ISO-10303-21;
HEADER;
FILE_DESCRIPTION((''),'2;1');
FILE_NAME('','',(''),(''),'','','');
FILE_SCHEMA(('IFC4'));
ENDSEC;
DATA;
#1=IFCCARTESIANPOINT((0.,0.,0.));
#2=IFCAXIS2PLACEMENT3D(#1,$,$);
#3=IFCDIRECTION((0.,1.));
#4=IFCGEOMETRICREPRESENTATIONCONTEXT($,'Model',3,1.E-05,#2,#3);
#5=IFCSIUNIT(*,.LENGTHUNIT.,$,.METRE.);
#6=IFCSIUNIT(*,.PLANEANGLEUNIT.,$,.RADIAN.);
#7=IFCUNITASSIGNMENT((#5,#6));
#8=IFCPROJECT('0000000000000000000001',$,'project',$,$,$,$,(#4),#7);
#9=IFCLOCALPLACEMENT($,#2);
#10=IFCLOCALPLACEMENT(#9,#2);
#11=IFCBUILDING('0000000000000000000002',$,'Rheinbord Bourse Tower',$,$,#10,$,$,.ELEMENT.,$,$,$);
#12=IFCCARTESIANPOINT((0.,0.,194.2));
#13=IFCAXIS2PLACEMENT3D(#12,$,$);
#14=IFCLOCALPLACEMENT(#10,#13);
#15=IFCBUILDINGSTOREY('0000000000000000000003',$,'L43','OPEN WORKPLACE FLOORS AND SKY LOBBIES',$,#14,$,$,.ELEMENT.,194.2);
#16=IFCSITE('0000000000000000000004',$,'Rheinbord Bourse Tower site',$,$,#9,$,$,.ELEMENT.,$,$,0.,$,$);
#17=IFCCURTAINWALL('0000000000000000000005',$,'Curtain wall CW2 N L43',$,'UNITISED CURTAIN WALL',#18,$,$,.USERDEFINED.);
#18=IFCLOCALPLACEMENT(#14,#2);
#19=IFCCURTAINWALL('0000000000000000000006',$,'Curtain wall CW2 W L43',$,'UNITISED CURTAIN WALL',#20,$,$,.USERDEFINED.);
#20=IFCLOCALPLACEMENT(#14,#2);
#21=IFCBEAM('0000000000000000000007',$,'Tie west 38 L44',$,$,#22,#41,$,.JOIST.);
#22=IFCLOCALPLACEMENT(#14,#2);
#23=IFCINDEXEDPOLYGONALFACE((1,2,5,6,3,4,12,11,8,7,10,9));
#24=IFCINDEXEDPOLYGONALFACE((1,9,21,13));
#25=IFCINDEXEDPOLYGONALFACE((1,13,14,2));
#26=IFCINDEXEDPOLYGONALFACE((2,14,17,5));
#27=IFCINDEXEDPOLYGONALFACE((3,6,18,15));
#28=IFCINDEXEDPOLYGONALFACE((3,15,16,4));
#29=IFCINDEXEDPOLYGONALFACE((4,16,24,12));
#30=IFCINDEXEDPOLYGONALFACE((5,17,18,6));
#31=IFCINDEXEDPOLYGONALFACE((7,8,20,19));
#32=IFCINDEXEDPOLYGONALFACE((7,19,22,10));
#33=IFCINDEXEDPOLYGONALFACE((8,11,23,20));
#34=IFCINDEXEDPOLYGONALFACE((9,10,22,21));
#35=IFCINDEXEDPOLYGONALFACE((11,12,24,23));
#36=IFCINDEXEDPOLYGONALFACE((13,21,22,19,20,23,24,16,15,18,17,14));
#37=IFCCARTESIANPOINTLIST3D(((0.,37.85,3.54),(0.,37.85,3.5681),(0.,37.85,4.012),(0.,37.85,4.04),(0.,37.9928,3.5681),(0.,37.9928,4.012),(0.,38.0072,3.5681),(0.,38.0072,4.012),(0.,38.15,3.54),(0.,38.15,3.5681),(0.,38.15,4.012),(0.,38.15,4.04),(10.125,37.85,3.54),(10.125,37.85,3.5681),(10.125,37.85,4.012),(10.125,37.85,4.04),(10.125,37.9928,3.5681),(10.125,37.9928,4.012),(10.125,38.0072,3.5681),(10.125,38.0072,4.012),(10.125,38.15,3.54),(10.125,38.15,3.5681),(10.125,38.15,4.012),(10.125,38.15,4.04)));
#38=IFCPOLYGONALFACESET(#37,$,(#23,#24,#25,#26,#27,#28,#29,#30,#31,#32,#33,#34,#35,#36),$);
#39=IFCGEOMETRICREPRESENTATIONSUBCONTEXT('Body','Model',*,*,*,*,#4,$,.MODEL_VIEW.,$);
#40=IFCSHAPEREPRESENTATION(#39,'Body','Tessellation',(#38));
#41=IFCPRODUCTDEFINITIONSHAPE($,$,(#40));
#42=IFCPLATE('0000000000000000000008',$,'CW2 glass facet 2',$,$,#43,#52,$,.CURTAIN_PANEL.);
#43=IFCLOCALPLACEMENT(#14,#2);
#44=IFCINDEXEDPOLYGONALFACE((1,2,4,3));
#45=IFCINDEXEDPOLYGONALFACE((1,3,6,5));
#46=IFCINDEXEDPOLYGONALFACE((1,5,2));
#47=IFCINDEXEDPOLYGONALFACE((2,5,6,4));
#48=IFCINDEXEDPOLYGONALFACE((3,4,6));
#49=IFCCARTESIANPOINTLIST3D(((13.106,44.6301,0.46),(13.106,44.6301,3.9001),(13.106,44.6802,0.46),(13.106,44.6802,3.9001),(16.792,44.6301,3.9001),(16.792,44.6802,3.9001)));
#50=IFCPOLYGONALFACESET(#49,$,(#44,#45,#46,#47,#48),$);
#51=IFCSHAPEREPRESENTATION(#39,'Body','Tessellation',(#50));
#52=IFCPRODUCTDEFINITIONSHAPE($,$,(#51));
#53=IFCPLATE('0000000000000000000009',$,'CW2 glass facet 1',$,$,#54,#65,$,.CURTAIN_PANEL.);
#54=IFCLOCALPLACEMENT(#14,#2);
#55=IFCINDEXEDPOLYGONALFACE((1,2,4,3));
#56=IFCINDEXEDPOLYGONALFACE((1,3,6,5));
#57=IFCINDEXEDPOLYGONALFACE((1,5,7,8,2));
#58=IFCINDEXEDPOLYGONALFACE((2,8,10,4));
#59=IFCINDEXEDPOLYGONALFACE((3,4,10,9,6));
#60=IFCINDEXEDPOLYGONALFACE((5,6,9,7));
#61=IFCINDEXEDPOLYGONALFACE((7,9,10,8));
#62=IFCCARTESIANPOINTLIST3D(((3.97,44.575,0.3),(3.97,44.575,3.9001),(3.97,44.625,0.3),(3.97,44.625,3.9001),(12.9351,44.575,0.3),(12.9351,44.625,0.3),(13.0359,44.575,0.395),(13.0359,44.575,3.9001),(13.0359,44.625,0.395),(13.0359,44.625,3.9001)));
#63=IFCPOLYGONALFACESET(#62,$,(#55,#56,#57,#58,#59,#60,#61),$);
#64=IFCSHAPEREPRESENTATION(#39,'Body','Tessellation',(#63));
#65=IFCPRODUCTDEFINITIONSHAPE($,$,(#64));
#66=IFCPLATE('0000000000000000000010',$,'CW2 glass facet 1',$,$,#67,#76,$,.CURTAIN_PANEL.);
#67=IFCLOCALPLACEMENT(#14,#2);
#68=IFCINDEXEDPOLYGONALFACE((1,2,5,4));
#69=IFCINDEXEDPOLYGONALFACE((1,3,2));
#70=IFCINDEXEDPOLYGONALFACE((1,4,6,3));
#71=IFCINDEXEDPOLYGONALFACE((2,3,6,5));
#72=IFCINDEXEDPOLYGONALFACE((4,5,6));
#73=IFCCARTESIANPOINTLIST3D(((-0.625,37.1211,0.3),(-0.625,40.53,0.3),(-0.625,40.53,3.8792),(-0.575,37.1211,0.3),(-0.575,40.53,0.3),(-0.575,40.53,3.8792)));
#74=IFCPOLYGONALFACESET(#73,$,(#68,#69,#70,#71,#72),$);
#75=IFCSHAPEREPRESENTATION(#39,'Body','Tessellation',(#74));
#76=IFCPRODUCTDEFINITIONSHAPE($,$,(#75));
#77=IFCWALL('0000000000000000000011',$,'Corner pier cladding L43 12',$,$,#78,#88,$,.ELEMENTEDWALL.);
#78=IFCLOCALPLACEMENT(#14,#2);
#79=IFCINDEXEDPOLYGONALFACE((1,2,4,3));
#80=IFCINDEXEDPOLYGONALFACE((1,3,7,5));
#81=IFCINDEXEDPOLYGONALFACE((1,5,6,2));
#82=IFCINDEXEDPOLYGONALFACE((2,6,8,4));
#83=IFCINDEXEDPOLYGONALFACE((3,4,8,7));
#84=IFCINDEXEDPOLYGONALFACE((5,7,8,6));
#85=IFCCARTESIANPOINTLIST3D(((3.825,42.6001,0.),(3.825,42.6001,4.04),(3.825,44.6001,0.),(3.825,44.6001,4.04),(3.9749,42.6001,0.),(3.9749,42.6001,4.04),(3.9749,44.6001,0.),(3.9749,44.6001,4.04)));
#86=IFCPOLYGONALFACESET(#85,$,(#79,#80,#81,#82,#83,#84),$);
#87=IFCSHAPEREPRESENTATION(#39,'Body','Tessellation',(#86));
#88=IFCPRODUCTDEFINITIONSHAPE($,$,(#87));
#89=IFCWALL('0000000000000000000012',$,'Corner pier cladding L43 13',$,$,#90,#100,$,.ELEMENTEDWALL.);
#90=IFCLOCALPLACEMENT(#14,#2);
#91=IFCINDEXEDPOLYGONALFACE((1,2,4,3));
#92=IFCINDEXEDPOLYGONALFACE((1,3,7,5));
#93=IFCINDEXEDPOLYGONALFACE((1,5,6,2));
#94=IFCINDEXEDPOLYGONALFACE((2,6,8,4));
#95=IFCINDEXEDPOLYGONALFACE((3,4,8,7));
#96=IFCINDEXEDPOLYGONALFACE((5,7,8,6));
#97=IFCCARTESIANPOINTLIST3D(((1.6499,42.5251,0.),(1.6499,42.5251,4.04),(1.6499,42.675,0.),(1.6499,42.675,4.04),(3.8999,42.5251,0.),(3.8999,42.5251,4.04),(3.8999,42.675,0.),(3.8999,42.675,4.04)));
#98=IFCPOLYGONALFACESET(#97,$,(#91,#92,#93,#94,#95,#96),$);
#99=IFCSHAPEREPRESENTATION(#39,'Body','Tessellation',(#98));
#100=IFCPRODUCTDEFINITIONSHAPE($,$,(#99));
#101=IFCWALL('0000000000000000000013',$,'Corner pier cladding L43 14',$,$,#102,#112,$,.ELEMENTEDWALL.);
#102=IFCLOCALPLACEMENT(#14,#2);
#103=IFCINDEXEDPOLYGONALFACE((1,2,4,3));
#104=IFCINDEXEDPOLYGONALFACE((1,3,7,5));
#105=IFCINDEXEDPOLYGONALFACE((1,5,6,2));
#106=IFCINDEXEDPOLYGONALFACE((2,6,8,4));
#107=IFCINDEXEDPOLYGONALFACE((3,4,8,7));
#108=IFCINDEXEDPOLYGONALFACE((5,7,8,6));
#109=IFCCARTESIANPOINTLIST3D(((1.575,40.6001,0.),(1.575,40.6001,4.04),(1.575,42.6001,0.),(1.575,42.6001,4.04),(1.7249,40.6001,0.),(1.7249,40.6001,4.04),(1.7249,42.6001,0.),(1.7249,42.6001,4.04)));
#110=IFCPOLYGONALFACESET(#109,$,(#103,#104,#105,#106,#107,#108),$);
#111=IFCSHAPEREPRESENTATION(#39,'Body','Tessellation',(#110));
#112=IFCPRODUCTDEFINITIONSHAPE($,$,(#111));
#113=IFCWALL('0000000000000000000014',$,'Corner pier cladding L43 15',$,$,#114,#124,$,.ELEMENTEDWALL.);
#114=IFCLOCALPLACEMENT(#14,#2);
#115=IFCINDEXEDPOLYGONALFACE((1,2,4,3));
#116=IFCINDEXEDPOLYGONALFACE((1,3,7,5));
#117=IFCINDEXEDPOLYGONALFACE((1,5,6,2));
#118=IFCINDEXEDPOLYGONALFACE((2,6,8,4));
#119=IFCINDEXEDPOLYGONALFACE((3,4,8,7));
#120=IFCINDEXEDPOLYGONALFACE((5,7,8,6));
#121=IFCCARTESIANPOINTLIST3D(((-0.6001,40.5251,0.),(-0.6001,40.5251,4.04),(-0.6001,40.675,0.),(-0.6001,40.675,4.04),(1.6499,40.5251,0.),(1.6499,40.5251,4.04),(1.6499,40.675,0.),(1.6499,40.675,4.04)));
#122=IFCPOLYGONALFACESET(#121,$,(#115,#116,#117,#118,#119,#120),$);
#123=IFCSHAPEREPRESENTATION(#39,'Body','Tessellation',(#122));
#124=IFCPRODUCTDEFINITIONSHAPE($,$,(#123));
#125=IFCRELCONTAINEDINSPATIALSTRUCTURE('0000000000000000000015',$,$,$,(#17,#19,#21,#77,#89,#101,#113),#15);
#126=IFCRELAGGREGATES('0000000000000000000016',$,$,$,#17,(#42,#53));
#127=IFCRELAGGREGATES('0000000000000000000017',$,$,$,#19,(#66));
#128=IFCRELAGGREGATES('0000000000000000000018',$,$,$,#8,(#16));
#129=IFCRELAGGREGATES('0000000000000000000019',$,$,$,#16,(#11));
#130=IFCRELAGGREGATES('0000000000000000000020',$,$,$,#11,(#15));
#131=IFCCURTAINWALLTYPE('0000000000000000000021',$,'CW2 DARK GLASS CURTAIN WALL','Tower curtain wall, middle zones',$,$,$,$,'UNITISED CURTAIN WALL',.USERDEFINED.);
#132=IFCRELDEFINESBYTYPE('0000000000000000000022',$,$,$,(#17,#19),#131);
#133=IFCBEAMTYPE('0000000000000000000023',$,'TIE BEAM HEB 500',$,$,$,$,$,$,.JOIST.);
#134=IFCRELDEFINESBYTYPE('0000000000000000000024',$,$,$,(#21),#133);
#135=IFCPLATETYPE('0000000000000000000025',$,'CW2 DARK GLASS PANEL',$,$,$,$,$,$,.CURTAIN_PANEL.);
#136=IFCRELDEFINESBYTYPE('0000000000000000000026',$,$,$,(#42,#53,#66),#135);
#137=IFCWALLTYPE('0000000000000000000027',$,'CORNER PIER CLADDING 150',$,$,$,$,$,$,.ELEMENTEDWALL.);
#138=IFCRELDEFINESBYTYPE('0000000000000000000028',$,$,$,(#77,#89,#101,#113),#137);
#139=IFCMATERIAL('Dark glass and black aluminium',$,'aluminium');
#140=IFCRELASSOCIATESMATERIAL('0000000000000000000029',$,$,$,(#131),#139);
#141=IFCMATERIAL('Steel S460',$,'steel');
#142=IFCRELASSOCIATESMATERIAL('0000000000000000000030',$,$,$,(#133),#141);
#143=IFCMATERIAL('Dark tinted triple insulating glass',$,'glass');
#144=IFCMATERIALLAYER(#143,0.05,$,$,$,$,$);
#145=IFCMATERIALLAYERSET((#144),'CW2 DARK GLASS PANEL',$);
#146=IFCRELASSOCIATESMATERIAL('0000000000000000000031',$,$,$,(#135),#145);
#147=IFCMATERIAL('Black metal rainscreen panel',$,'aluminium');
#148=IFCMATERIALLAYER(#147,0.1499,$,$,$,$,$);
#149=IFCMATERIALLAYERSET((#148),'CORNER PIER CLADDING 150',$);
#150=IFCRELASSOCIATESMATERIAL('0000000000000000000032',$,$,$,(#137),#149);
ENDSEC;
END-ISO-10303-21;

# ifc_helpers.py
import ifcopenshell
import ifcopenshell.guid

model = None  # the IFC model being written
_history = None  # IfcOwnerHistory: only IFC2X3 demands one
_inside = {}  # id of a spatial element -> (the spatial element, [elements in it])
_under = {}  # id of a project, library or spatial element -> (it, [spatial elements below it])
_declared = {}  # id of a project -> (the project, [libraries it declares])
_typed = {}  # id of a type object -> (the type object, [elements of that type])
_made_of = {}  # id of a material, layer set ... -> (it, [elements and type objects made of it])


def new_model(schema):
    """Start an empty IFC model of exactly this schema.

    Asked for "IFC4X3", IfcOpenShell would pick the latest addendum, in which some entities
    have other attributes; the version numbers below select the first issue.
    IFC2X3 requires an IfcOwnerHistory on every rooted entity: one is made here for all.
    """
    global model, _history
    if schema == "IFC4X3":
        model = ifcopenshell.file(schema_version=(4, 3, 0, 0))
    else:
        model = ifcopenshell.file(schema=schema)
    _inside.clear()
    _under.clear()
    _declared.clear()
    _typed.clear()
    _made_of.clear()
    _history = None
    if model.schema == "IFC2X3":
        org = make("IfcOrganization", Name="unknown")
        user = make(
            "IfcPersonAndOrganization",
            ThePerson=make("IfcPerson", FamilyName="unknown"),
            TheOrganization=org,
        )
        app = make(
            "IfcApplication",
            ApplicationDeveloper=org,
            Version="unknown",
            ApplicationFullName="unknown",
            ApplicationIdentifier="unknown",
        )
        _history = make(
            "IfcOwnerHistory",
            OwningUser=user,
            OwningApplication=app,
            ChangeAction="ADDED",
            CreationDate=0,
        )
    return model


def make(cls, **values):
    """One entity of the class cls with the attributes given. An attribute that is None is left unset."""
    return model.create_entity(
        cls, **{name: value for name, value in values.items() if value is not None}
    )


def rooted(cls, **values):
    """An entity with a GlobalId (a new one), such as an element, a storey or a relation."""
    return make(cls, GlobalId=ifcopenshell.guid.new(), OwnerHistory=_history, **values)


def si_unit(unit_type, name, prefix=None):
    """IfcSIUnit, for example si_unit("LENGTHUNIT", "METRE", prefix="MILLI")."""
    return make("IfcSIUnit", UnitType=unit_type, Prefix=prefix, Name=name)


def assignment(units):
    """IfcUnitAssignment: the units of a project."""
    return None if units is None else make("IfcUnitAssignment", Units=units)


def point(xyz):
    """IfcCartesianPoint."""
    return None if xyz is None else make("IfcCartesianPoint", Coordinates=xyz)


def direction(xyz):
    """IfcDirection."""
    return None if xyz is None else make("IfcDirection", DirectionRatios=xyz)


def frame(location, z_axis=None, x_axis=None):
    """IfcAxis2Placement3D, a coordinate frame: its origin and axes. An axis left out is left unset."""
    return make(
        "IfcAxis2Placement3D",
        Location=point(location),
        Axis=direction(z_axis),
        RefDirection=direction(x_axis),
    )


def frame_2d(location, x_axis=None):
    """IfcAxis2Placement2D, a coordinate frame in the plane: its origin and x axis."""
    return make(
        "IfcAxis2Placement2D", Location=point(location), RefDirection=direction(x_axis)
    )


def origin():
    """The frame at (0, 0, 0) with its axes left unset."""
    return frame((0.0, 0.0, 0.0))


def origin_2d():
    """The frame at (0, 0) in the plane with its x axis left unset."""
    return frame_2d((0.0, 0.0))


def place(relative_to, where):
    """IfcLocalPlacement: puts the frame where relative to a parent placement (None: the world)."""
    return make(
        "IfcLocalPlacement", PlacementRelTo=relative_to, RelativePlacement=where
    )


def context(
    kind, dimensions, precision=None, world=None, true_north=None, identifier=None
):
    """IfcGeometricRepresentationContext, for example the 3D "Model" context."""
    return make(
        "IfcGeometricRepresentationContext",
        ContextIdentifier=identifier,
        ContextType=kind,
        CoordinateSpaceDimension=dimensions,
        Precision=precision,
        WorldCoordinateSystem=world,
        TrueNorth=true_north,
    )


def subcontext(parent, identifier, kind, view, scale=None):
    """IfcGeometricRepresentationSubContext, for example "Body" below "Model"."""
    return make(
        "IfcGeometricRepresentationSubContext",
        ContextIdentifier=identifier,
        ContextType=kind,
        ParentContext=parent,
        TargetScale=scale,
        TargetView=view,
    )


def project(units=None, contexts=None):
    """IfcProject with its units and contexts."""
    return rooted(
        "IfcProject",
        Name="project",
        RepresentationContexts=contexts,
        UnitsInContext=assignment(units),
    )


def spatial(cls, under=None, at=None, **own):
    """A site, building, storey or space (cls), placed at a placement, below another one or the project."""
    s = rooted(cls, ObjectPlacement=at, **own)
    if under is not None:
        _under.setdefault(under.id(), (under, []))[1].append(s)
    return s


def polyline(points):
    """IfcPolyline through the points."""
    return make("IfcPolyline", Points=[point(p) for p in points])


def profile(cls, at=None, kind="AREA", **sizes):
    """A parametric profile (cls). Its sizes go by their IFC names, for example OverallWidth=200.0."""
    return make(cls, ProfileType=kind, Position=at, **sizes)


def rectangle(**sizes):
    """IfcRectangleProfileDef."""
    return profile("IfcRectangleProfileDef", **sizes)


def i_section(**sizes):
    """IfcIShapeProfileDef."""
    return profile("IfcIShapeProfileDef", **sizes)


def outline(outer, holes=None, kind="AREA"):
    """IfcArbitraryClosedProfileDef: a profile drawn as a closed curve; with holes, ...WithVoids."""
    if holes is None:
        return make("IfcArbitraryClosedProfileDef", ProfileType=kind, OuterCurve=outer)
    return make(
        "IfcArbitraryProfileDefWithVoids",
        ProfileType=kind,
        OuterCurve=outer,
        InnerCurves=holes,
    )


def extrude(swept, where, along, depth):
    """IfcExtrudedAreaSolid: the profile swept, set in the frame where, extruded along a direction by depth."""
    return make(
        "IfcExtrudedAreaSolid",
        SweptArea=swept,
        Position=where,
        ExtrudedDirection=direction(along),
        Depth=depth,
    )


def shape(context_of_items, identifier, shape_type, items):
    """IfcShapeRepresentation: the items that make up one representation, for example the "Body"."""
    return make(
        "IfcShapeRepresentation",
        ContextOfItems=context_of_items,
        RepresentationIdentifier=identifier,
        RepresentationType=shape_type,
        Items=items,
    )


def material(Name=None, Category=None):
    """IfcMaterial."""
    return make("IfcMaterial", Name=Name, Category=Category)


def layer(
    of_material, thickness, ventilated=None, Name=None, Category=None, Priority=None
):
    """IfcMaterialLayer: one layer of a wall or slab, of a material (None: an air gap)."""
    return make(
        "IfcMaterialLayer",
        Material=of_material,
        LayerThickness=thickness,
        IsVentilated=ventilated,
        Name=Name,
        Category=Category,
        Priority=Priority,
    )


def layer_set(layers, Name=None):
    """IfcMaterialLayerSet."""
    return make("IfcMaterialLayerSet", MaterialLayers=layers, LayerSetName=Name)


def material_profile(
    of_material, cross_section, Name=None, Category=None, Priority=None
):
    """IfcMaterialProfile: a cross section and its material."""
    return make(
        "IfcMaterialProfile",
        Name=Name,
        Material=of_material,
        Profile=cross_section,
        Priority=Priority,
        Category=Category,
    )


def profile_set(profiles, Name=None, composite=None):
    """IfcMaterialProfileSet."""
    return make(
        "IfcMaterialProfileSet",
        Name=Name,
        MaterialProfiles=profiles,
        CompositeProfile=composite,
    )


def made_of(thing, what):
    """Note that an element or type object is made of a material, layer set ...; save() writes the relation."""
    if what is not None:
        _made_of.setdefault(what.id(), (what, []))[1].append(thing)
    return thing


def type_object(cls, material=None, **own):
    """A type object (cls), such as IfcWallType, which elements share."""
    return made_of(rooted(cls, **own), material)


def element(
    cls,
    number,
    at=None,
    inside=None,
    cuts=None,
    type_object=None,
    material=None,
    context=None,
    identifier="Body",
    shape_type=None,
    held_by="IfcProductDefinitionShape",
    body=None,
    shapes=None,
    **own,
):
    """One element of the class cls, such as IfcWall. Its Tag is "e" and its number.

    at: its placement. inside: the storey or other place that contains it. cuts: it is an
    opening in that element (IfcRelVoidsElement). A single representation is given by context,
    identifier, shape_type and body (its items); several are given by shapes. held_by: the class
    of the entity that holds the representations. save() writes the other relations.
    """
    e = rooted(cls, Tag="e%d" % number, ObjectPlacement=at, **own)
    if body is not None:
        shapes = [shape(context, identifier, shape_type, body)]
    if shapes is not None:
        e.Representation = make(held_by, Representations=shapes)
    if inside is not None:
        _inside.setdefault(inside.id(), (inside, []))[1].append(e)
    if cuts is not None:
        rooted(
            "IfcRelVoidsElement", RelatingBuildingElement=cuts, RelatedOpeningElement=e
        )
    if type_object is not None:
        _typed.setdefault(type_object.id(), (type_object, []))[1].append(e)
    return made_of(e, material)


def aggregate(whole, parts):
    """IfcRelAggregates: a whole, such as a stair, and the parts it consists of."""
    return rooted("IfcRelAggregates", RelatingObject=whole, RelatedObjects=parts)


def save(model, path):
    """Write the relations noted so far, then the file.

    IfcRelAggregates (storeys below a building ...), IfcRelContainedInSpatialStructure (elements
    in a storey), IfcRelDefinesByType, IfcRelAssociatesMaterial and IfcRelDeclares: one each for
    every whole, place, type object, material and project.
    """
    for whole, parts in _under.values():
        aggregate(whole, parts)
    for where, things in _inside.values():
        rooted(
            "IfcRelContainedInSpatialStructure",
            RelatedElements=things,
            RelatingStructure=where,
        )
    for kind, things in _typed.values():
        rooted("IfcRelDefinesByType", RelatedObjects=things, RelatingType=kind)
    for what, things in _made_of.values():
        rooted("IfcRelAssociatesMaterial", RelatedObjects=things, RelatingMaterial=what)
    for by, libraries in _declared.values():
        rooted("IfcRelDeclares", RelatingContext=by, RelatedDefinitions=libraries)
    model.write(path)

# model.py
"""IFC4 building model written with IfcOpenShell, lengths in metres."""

from ifc_helpers import new_model, si_unit, direction, frame, frame_2d, origin, origin_2d, place, context, subcontext, project, spatial, polyline, rectangle, i_section, outline, extrude, material, layer, layer_set, material_profile, profile_set, type_object, element, aggregate, save


model = new_model("IFC4")

# Units and contexts
model_context = context("Model", 3, precision=1e-05, world=origin(), true_north=direction((0.0, 1.0)))
body_context = subcontext(model_context, "Body", "Model", "MODEL_VIEW")
ifc_project = project(units=[si_unit("LENGTHUNIT", "METRE"), si_unit("PLANEANGLEUNIT", "RADIAN")], contexts=[model_context])

# Site, building, storey
site_placement = place(None, origin())
site = spatial("IfcSite", under=ifc_project, at=site_placement, Name="Rheinbord Bourse Tower site", CompositionType="ELEMENT", RefElevation=0.0)
building_placement = place(site_placement, origin())
building = spatial("IfcBuilding", under=site, at=building_placement, Name="Rheinbord Bourse Tower", CompositionType="ELEMENT")
storey_placement = place(building_placement, frame((0.0, 0.0, 194.2)))
storey = spatial("IfcBuildingStorey", under=building, at=storey_placement, Name="L43", Description="OPEN WORKPLACE FLOORS AND SKY LOBBIES", CompositionType="ELEMENT", Elevation=194.2)

# Curtain wall
ifc_material_1 = material(Name="Dark glass and black aluminium", Category="aluminium")
curtain_wall_type = type_object("IfcCurtainWallType", Name="CW2 DARK GLASS CURTAIN WALL", Description="Tower curtain wall, middle zones", ElementType="UNITISED CURTAIN WALL", PredefinedType="USERDEFINED", material=ifc_material_1)
curtain_wall_1_placement = place(storey_placement, origin())
curtain_wall_1 = element("IfcCurtainWall", 1, at=curtain_wall_1_placement, inside=storey, type_object=curtain_wall_type, Name="Curtain wall CW2 N L43", ObjectType="UNITISED CURTAIN WALL", PredefinedType="USERDEFINED")

# Curtain wall
curtain_wall_2_placement = place(storey_placement, origin())
curtain_wall_2 = element("IfcCurtainWall", 2, at=curtain_wall_2_placement, inside=storey, type_object=curtain_wall_type, Name="Curtain wall CW2 W L43", ObjectType="UNITISED CURTAIN WALL", PredefinedType="USERDEFINED")

# Beam
ifc_material_2 = material(Name="Steel S460", Category="steel")
ifc_material_profile_1 = material_profile(ifc_material_2, i_section(OverallWidth=0.3, OverallDepth=0.5, WebThickness=0.0144, FlangeThickness=0.0281, at=origin_2d()), Name="HEB 500")
ifc_profile_set_1 = profile_set([ifc_material_profile_1], Name="Steel S460")
beam_type_1 = type_object("IfcBeamType", Name="TIE BEAM HEB 500", PredefinedType="JOIST", material=ifc_profile_set_1)
beam_1_placement = place(storey_placement, frame((0.0, 38.0, 3.79), z_axis=(1.0, 0.0, 0.0), x_axis=(0.0, 1.0, 0.0)))
element("IfcBeam", 3, at=beam_1_placement, inside=storey, type_object=beam_type_1, Name="Tie west 38 L44", PredefinedType="JOIST", context=body_context, shape_type="SweptSolid", body=[
    extrude(i_section(OverallWidth=0.3, OverallDepth=0.5, WebThickness=0.0144, FlangeThickness=0.0281, at=origin_2d()), origin(), (0.0, 0.0, 1.0), 10.125),
])

# Plates
ifc_material_3 = material(Name="Dark tinted triple insulating glass", Category="glass")
ifc_layer_1 = layer(ifc_material_3, 0.05)
ifc_layer_set_1 = layer_set([ifc_layer_1], Name="CW2 DARK GLASS PANEL")
plate_type = type_object("IfcPlateType", Name="CW2 DARK GLASS PANEL", PredefinedType="CURTAIN_PANEL", material=ifc_layer_set_1)
plate_1_placement = place(storey_placement, frame((13.106, 44.6802, 3.9001), z_axis=(0.0, -1.0, 0.0), x_axis=(0.0, 0.0, -1.0)))
plate_1 = element("IfcPlate", 4, at=plate_1_placement, type_object=plate_type, Name="CW2 glass facet 2", PredefinedType="CURTAIN_PANEL", context=body_context, shape_type="SweptSolid", body=[
    extrude(outline(polyline([(0.0, 0.0), (3.4402, 0.0), (0.0, 3.686), (0.0, 0.0)])), origin(), (0.0, 0.0, 1.0), 0.05),
])
plate_2_placement = place(storey_placement, frame((13.0359, 44.625, 3.9001), z_axis=(0.0, -1.0, 0.0), x_axis=(-1.0, 0.0, 0.0)))
plate_2 = element("IfcPlate", 5, at=plate_2_placement, type_object=plate_type, Name="CW2 glass facet 1", PredefinedType="CURTAIN_PANEL", context=body_context, shape_type="SweptSolid", body=[
    extrude(outline(polyline([(0.0, 0.0), (9.0659, 0.0), (9.0659, 3.6001), (0.1008, 3.6001), (0.0, 3.5051), (0.0, 0.0)])), origin(), (0.0, 0.0, 1.0), 0.05),
])
aggregate(curtain_wall_1, [plate_1, plate_2])
plate_3_placement = place(storey_placement, frame((-0.625, 40.53, 0.3), z_axis=(1.0, 0.0, 0.0), x_axis=(0.0, 0.0, 1.0)))
plate_3 = element("IfcPlate", 6, at=plate_3_placement, type_object=plate_type, Name="CW2 glass facet 1", PredefinedType="CURTAIN_PANEL", context=body_context, shape_type="SweptSolid", body=[
    extrude(outline(polyline([(0.0, 0.0), (3.5791, 0.0), (0.0, 3.4089), (0.0, 0.0)])), origin(), (0.0, 0.0, 1.0), 0.05),
])
aggregate(curtain_wall_2, [plate_3])

# Walls
ifc_material_4 = material(Name="Black metal rainscreen panel", Category="aluminium")
ifc_layer_2 = layer(ifc_material_4, 0.1499)
ifc_layer_set_2 = layer_set([ifc_layer_2], Name="CORNER PIER CLADDING 150")
wall_type = type_object("IfcWallType", Name="CORNER PIER CLADDING 150", PredefinedType="ELEMENTEDWALL", material=ifc_layer_set_2)
wall_1_placement = place(storey_placement, frame((3.8999, 44.6001, 0.0), z_axis=(0.0, 0.0, 1.0), x_axis=(0.0, -1.0, 0.0)))
element("IfcWall", 7, at=wall_1_placement, inside=storey, type_object=wall_type, Name="Corner pier cladding L43 12", PredefinedType="ELEMENTEDWALL", context=body_context, shape_type="SweptSolid", body=[
    extrude(rectangle(XDim=2.0, YDim=0.1499, at=frame_2d((1.0, 0.0))), origin(), (0.0, 0.0, 1.0), 4.04),
])
wall_2_placement = place(storey_placement, frame((3.8999, 42.6001, 0.0), z_axis=(0.0, 0.0, 1.0), x_axis=(-1.0, 0.0, 0.0)))
element("IfcWall", 8, at=wall_2_placement, inside=storey, type_object=wall_type, Name="Corner pier cladding L43 13", PredefinedType="ELEMENTEDWALL", context=body_context, shape_type="SweptSolid", body=[
    extrude(rectangle(XDim=2.25, YDim=0.1499, at=frame_2d((1.125, 0.0))), origin(), (0.0, 0.0, 1.0), 4.04),
])
wall_3_placement = place(storey_placement, frame((1.6499, 42.6001, 0.0), z_axis=(0.0, 0.0, 1.0), x_axis=(0.0, -1.0, 0.0)))
element("IfcWall", 9, at=wall_3_placement, inside=storey, type_object=wall_type, Name="Corner pier cladding L43 14", PredefinedType="ELEMENTEDWALL", context=body_context, shape_type="SweptSolid", body=[
    extrude(rectangle(XDim=2.0, YDim=0.1499, at=frame_2d((1.0, 0.0))), origin(), (0.0, 0.0, 1.0), 4.04),
])
wall_4_placement = place(storey_placement, frame((1.6499, 40.6001, 0.0), z_axis=(0.0, 0.0, 1.0), x_axis=(-1.0, 0.0, 0.0)))
element("IfcWall", 10, at=wall_4_placement, inside=storey, type_object=wall_type, Name="Corner pier cladding L43 15", PredefinedType="ELEMENTEDWALL", context=body_context, shape_type="SweptSolid", body=[
    extrude(rectangle(XDim=2.25, YDim=0.1499, at=frame_2d((1.125, 0.0))), origin(), (0.0, 0.0, 1.0), 4.04),
])

save(model, "model.ifc")
